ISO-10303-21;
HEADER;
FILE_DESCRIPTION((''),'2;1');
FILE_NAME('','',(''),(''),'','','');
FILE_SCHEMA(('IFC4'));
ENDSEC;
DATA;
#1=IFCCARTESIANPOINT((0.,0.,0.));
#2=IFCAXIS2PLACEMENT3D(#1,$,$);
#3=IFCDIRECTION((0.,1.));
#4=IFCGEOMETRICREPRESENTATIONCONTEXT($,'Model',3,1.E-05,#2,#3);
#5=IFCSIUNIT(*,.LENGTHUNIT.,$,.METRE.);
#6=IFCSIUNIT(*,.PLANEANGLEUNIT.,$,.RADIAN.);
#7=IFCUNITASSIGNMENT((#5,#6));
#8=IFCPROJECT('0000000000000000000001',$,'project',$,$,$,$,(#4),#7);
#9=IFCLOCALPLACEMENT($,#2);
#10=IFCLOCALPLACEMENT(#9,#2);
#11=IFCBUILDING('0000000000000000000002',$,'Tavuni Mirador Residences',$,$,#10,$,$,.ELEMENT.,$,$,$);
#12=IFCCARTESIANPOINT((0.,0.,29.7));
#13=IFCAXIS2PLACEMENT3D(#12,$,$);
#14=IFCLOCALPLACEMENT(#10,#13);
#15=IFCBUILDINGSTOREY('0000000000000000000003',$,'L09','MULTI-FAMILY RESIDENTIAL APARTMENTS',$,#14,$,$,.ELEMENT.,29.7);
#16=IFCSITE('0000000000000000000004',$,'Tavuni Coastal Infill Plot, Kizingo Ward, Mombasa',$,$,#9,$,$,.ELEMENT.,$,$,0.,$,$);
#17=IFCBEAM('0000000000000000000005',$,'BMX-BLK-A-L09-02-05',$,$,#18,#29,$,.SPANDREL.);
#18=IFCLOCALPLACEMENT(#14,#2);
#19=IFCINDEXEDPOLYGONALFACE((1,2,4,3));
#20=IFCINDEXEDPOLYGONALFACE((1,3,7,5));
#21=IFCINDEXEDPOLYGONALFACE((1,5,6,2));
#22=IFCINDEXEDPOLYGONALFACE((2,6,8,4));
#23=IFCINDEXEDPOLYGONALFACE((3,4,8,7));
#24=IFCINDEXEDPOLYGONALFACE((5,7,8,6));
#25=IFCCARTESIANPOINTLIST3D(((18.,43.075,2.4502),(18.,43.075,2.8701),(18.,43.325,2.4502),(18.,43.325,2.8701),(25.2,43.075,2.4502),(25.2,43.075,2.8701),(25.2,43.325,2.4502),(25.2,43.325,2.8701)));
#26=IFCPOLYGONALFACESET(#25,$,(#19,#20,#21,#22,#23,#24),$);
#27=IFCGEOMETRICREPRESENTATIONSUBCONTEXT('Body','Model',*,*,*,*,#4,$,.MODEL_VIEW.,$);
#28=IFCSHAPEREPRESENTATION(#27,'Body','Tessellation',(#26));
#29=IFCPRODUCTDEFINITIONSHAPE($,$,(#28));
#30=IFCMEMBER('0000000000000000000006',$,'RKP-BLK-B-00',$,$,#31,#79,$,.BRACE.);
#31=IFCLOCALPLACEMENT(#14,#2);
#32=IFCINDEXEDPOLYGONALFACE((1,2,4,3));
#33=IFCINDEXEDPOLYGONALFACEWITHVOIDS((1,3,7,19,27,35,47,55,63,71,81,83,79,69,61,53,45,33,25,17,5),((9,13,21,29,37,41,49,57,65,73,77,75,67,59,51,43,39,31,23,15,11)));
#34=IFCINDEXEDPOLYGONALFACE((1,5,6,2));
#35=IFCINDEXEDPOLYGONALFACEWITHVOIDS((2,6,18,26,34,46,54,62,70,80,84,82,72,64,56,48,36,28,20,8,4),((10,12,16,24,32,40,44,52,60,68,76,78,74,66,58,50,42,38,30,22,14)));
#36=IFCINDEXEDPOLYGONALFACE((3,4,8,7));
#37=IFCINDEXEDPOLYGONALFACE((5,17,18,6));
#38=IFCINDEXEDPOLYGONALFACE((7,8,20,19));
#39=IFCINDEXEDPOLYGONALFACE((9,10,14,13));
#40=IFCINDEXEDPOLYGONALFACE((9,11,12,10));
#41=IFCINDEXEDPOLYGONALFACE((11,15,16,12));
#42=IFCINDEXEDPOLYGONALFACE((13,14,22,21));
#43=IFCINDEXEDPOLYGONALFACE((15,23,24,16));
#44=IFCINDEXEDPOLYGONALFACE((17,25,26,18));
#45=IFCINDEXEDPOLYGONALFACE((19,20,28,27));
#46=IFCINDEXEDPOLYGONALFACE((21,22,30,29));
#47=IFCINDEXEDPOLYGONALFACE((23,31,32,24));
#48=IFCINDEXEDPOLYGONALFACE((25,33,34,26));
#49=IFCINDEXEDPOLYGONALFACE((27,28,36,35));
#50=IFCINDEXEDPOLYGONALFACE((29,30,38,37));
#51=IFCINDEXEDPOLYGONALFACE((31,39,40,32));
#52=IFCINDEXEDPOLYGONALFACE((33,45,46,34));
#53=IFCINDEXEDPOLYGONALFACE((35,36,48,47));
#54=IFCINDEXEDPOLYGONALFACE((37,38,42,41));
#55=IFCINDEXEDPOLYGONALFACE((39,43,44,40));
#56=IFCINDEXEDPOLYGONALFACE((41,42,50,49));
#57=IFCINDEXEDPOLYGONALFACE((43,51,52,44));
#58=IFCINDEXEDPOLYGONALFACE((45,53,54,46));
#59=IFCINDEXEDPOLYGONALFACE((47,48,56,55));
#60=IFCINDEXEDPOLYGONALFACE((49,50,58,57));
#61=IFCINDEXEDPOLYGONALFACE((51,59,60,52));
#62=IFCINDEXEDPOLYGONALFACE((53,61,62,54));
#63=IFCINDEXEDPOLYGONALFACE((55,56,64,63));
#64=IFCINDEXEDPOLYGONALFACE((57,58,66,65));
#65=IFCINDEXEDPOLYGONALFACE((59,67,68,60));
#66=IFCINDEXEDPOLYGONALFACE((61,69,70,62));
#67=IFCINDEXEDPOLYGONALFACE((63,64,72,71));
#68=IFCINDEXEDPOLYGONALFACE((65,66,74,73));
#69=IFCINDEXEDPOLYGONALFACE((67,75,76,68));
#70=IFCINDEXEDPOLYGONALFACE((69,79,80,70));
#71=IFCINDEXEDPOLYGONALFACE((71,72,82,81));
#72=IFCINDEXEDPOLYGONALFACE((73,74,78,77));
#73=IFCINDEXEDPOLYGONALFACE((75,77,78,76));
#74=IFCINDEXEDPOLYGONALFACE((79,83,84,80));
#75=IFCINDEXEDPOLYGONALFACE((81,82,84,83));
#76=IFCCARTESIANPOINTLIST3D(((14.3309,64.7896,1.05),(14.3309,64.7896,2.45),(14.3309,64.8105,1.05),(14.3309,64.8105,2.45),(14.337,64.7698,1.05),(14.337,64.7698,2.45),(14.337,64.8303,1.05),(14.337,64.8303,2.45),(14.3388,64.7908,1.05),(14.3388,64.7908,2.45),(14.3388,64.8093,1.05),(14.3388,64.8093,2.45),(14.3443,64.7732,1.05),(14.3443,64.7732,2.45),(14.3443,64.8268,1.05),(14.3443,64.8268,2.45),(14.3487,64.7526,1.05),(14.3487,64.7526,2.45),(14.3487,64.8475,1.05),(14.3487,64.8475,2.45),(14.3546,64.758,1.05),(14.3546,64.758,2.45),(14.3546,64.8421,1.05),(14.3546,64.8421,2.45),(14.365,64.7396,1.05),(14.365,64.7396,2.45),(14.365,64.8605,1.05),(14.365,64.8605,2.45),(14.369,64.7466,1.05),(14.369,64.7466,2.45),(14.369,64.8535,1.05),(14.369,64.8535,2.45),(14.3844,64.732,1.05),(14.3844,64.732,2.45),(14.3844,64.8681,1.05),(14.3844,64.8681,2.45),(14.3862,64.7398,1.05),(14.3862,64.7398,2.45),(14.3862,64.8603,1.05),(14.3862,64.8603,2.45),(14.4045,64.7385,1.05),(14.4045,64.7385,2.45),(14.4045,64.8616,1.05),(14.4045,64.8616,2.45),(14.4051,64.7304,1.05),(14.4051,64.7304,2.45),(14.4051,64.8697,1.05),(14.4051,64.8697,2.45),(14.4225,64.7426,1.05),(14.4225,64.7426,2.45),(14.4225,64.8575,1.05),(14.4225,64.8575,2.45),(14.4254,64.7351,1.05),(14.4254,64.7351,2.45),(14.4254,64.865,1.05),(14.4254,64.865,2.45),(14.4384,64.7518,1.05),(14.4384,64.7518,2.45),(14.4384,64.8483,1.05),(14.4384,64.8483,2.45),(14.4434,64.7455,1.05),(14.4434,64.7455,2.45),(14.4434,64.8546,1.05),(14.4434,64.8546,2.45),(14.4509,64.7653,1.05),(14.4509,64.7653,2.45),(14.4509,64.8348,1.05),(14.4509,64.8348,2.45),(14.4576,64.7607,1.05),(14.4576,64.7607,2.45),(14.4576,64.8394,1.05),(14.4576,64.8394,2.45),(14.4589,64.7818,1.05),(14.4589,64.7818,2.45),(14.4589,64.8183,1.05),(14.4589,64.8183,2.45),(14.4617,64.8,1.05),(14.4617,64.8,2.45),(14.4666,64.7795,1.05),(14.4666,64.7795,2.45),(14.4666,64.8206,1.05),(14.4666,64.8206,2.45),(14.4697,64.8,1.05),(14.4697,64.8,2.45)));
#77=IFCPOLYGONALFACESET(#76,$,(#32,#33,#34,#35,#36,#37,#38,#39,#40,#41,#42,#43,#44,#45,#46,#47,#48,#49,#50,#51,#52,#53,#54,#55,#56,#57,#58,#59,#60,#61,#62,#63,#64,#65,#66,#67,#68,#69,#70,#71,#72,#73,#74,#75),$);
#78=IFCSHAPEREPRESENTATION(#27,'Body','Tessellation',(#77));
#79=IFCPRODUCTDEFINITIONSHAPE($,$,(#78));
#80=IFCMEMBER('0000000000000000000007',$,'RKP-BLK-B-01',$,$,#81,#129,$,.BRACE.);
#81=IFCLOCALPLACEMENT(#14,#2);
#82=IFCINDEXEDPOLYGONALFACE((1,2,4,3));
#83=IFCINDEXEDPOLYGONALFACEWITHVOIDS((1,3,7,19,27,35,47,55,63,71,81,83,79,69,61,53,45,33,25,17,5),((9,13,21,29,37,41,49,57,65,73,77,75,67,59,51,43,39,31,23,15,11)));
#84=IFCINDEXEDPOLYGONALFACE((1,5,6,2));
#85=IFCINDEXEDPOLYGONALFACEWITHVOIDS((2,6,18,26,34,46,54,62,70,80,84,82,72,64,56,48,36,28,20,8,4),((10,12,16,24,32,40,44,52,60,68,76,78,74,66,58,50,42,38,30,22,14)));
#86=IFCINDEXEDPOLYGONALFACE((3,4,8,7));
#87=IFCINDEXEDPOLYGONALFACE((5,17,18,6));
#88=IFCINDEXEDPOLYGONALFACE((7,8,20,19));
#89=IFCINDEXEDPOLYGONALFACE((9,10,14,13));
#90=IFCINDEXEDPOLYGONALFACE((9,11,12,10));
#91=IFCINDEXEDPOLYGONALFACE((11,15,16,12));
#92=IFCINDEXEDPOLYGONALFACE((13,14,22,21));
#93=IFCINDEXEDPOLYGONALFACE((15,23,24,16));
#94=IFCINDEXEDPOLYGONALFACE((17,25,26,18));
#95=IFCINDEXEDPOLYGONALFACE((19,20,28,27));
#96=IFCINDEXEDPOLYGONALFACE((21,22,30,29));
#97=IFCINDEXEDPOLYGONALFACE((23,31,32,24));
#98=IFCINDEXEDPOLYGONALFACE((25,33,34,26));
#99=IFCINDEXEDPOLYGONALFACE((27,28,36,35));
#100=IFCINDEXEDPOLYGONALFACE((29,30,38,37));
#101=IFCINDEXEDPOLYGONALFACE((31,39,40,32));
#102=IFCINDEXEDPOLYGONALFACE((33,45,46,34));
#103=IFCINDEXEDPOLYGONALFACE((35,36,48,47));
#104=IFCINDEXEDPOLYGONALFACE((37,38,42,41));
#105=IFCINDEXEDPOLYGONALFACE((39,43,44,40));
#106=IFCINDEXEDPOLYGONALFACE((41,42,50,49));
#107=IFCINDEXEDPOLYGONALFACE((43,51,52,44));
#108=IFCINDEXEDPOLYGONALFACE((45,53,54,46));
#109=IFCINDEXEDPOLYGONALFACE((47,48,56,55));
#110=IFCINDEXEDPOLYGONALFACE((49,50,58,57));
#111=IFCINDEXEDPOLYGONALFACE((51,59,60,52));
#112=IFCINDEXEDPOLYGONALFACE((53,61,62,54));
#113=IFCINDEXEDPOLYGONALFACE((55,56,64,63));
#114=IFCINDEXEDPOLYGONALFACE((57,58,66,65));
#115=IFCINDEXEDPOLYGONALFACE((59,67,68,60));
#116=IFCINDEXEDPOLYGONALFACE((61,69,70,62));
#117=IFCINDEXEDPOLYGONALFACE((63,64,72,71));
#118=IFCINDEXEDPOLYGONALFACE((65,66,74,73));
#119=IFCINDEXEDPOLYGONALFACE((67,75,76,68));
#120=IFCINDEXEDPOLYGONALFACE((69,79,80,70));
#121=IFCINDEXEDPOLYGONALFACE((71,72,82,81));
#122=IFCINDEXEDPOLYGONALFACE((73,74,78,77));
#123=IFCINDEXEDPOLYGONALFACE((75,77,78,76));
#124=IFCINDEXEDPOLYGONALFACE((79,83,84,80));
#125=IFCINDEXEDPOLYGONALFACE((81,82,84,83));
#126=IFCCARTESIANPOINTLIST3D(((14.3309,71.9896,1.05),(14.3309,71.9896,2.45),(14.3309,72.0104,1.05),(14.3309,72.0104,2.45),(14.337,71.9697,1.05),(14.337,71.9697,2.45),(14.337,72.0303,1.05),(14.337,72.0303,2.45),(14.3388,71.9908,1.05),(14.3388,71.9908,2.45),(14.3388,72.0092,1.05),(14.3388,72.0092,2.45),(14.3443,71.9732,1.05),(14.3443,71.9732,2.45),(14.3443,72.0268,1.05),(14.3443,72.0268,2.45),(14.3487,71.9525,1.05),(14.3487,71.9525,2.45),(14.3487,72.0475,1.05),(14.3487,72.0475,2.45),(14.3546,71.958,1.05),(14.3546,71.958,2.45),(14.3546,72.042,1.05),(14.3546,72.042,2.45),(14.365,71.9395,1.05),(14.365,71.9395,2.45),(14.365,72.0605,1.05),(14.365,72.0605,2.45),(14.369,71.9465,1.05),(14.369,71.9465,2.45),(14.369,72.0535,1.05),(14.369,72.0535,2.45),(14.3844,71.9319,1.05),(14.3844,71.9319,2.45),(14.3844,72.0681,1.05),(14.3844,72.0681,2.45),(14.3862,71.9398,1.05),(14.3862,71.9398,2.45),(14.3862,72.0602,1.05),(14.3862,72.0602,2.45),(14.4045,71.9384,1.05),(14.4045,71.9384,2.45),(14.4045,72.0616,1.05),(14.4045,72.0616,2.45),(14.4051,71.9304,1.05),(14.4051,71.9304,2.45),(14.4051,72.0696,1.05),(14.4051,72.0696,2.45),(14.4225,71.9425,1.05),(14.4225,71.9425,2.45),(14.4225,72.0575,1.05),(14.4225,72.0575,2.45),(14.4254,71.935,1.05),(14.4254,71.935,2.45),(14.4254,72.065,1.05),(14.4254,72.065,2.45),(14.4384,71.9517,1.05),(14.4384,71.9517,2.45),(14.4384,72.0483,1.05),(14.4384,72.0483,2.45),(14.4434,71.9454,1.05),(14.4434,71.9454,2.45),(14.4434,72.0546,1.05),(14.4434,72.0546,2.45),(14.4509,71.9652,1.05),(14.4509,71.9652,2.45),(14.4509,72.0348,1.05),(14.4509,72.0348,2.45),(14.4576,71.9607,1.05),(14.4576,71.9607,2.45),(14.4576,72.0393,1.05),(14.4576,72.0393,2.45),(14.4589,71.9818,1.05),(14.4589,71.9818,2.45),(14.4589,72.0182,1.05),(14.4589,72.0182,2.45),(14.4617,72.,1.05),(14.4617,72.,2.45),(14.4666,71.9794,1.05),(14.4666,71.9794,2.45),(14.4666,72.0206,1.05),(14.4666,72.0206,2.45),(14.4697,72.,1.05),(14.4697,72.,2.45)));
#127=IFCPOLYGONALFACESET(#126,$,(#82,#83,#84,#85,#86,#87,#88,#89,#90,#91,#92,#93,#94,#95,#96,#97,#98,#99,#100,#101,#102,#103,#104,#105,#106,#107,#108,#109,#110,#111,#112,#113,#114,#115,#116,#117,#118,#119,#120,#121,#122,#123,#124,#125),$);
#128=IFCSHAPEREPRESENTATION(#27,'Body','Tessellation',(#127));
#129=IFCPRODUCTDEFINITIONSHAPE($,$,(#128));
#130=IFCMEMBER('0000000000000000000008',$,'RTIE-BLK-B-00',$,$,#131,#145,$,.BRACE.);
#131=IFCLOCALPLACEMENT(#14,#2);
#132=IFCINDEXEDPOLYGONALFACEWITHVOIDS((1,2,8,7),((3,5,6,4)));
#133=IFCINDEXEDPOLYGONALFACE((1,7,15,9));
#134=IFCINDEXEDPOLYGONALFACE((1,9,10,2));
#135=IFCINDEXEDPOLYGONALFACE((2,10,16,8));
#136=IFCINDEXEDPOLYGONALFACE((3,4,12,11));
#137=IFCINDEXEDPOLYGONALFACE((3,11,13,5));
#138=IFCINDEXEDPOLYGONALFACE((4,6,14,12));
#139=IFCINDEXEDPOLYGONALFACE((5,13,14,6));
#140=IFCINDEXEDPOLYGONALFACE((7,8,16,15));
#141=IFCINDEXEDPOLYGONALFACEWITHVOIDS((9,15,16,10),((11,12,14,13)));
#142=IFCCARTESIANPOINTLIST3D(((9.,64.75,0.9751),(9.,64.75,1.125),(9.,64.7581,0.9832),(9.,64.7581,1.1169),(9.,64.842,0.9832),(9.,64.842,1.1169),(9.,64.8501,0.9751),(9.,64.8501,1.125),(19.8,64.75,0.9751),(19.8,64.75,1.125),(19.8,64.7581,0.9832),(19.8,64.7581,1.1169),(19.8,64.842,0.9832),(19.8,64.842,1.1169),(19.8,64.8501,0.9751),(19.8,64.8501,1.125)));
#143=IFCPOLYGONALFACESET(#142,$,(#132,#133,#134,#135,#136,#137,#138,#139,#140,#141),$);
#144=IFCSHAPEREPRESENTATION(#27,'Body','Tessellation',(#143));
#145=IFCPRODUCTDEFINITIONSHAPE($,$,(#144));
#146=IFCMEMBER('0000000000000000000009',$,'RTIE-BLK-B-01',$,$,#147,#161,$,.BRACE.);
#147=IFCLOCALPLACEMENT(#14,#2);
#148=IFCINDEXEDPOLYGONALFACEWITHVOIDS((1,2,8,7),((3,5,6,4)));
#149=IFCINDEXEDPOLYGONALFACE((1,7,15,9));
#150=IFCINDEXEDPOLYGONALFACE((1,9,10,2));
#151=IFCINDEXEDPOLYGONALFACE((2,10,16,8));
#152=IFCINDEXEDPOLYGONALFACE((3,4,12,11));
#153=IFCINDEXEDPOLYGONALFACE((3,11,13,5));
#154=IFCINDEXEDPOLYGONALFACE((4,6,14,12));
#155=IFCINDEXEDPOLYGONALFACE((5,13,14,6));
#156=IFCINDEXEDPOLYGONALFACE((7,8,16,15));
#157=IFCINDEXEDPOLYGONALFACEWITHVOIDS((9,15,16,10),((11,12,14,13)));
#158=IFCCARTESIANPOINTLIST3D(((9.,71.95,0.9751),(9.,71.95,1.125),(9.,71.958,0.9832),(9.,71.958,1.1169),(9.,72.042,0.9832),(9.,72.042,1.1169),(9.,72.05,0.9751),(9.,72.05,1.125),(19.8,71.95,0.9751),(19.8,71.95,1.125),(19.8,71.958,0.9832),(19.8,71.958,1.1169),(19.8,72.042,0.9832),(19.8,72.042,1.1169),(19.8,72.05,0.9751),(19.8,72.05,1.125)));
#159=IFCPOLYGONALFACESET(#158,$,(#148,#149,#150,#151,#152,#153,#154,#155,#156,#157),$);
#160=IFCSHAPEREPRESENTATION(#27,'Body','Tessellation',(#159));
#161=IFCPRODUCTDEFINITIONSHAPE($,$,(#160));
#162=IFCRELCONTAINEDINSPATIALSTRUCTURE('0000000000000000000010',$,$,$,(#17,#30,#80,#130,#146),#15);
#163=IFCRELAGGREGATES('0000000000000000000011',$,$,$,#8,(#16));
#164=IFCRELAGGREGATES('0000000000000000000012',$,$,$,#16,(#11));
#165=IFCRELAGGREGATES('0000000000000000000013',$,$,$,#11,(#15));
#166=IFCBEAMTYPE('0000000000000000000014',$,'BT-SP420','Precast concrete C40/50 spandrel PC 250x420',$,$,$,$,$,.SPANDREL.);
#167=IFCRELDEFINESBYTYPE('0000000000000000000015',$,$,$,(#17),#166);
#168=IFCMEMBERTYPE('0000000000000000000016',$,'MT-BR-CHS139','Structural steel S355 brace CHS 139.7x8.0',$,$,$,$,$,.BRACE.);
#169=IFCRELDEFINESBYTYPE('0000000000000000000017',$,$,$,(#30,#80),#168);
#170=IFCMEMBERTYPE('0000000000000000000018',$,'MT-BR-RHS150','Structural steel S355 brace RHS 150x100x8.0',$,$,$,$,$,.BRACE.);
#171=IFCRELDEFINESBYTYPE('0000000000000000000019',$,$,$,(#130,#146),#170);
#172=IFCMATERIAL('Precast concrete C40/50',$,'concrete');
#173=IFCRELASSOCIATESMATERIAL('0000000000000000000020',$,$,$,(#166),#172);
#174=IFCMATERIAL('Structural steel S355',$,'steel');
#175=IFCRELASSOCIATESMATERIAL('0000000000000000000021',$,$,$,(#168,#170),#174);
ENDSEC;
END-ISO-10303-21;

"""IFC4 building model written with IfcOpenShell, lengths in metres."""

from ifc_helpers import new_model, si_unit, direction, frame, origin, origin_2d, place, context, subcontext, project, spatial, rectangle, hollow_rectangle, hollow_circle, extrude, material, material_profile, profile_set, type_object, element, save


model = new_model("IFC4")

# Units and contexts
model_context = context("Model", 3, precision=1e-05, world=origin(), true_north=direction((0.0, 1.0)))
body_context = subcontext(model_context, "Body", "Model", "MODEL_VIEW")
ifc_project = project(units=[si_unit("LENGTHUNIT", "METRE"), si_unit("PLANEANGLEUNIT", "RADIAN")], contexts=[model_context])

# Site, building, storey
site_placement = place(None, origin())
site = spatial("IfcSite", under=ifc_project, at=site_placement, Name="Tavuni Coastal Infill Plot, Kizingo Ward, Mombasa", CompositionType="ELEMENT", RefElevation=0.0)
building_placement = place(site_placement, origin())
building = spatial("IfcBuilding", under=site, at=building_placement, Name="Tavuni Mirador Residences", CompositionType="ELEMENT")
storey_placement = place(building_placement, frame((0.0, 0.0, 29.7)))
storey = spatial("IfcBuildingStorey", under=building, at=storey_placement, Name="L09", Description="MULTI-FAMILY RESIDENTIAL APARTMENTS", CompositionType="ELEMENT", Elevation=29.7)

# Beam
ifc_material_1 = material(Name="Precast concrete C40/50", Category="concrete")
ifc_material_profile_1 = material_profile(ifc_material_1, rectangle(XDim=0.25, YDim=0.4199, at=origin_2d()), Name="PC 250x420", Category="concrete")
ifc_profile_set_1 = profile_set([ifc_material_profile_1], Name="Precast concrete C40/50")
beam_type = type_object("IfcBeamType", Name="BT-SP420", Description="Precast concrete C40/50 spandrel PC 250x420", PredefinedType="SPANDREL", material=ifc_profile_set_1)
beam_placement = place(storey_placement, frame((18.0, 43.2, 2.6602), z_axis=(1.0, 0.0, 0.0), x_axis=(0.0, 1.0, 0.0)))
element("IfcBeam", 1, at=beam_placement, inside=storey, type_object=beam_type, Name="BMX-BLK-A-L09-02-05", PredefinedType="SPANDREL", context=body_context, shape_type="SweptSolid", body=[
    extrude(rectangle(XDim=0.25, YDim=0.4199, at=origin_2d()), origin(), (0.0, 0.0, 1.0), 7.2),
])

# Members
ifc_material_2 = material(Name="Structural steel S355", Category="steel")
ifc_material_profile_2 = material_profile(ifc_material_2, hollow_circle(Radius=0.0698, WallThickness=0.0081, at=origin_2d()), Name="CHS 139.7x8.0", Category="steel")
ifc_profile_set_2 = profile_set([ifc_material_profile_2], Name="Structural steel S355")
member_type_1 = type_object("IfcMemberType", Name="MT-BR-CHS139", Description="Structural steel S355 brace CHS 139.7x8.0", PredefinedType="BRACE", material=ifc_profile_set_2)
for number, where, z_axis, x_axis, name in (
    (2, (14.3999, 64.8, 1.05), (0.0, 0.0, 1.0), (1.0, 0.0, 0.0), "RKP-BLK-B-00"),
    (3, (14.3999, 72.0, 1.05), (0.0, 0.0, 1.0), (1.0, 0.0, 0.0), "RKP-BLK-B-01"),
):
    element("IfcMember", number, at=place(storey_placement, frame(where, z_axis=z_axis, x_axis=x_axis)), inside=storey, type_object=member_type_1, Name=name, PredefinedType="BRACE", context=body_context, shape_type="SweptSolid", body=[
        extrude(hollow_circle(Radius=0.0698, WallThickness=0.0081, at=origin_2d()), origin(), (0.0, 0.0, 1.0), 1.3999),
    ])
ifc_material_profile_3 = material_profile(ifc_material_2, hollow_rectangle(XDim=0.1001, YDim=0.1499, WallThickness=0.0081, at=origin_2d()), Name="RHS 150x100x8.0", Category="steel")
ifc_profile_set_3 = profile_set([ifc_material_profile_3], Name="Structural steel S355")
member_type_2 = type_object("IfcMemberType", Name="MT-BR-RHS150", Description="Structural steel S355 brace RHS 150x100x8.0", PredefinedType="BRACE", material=ifc_profile_set_3)
for number, where, z_axis, x_axis, name in (
    (4, (9.0, 64.8, 1.05), (1.0, 0.0, 0.0), (0.0, 1.0, 0.0), "RTIE-BLK-B-00"),
    (5, (9.0, 72.0, 1.05), (1.0, 0.0, 0.0), (0.0, 1.0, 0.0), "RTIE-BLK-B-01"),
):
    element("IfcMember", number, at=place(storey_placement, frame(where, z_axis=z_axis, x_axis=x_axis)), inside=storey, type_object=member_type_2, Name=name, PredefinedType="BRACE", context=body_context, shape_type="SweptSolid", body=[
        extrude(hollow_rectangle(XDim=0.1001, YDim=0.1499, WallThickness=0.0081, at=origin_2d()), origin(), (0.0, 0.0, 1.0), 10.8),
    ])

save(model, "model.ifc")
